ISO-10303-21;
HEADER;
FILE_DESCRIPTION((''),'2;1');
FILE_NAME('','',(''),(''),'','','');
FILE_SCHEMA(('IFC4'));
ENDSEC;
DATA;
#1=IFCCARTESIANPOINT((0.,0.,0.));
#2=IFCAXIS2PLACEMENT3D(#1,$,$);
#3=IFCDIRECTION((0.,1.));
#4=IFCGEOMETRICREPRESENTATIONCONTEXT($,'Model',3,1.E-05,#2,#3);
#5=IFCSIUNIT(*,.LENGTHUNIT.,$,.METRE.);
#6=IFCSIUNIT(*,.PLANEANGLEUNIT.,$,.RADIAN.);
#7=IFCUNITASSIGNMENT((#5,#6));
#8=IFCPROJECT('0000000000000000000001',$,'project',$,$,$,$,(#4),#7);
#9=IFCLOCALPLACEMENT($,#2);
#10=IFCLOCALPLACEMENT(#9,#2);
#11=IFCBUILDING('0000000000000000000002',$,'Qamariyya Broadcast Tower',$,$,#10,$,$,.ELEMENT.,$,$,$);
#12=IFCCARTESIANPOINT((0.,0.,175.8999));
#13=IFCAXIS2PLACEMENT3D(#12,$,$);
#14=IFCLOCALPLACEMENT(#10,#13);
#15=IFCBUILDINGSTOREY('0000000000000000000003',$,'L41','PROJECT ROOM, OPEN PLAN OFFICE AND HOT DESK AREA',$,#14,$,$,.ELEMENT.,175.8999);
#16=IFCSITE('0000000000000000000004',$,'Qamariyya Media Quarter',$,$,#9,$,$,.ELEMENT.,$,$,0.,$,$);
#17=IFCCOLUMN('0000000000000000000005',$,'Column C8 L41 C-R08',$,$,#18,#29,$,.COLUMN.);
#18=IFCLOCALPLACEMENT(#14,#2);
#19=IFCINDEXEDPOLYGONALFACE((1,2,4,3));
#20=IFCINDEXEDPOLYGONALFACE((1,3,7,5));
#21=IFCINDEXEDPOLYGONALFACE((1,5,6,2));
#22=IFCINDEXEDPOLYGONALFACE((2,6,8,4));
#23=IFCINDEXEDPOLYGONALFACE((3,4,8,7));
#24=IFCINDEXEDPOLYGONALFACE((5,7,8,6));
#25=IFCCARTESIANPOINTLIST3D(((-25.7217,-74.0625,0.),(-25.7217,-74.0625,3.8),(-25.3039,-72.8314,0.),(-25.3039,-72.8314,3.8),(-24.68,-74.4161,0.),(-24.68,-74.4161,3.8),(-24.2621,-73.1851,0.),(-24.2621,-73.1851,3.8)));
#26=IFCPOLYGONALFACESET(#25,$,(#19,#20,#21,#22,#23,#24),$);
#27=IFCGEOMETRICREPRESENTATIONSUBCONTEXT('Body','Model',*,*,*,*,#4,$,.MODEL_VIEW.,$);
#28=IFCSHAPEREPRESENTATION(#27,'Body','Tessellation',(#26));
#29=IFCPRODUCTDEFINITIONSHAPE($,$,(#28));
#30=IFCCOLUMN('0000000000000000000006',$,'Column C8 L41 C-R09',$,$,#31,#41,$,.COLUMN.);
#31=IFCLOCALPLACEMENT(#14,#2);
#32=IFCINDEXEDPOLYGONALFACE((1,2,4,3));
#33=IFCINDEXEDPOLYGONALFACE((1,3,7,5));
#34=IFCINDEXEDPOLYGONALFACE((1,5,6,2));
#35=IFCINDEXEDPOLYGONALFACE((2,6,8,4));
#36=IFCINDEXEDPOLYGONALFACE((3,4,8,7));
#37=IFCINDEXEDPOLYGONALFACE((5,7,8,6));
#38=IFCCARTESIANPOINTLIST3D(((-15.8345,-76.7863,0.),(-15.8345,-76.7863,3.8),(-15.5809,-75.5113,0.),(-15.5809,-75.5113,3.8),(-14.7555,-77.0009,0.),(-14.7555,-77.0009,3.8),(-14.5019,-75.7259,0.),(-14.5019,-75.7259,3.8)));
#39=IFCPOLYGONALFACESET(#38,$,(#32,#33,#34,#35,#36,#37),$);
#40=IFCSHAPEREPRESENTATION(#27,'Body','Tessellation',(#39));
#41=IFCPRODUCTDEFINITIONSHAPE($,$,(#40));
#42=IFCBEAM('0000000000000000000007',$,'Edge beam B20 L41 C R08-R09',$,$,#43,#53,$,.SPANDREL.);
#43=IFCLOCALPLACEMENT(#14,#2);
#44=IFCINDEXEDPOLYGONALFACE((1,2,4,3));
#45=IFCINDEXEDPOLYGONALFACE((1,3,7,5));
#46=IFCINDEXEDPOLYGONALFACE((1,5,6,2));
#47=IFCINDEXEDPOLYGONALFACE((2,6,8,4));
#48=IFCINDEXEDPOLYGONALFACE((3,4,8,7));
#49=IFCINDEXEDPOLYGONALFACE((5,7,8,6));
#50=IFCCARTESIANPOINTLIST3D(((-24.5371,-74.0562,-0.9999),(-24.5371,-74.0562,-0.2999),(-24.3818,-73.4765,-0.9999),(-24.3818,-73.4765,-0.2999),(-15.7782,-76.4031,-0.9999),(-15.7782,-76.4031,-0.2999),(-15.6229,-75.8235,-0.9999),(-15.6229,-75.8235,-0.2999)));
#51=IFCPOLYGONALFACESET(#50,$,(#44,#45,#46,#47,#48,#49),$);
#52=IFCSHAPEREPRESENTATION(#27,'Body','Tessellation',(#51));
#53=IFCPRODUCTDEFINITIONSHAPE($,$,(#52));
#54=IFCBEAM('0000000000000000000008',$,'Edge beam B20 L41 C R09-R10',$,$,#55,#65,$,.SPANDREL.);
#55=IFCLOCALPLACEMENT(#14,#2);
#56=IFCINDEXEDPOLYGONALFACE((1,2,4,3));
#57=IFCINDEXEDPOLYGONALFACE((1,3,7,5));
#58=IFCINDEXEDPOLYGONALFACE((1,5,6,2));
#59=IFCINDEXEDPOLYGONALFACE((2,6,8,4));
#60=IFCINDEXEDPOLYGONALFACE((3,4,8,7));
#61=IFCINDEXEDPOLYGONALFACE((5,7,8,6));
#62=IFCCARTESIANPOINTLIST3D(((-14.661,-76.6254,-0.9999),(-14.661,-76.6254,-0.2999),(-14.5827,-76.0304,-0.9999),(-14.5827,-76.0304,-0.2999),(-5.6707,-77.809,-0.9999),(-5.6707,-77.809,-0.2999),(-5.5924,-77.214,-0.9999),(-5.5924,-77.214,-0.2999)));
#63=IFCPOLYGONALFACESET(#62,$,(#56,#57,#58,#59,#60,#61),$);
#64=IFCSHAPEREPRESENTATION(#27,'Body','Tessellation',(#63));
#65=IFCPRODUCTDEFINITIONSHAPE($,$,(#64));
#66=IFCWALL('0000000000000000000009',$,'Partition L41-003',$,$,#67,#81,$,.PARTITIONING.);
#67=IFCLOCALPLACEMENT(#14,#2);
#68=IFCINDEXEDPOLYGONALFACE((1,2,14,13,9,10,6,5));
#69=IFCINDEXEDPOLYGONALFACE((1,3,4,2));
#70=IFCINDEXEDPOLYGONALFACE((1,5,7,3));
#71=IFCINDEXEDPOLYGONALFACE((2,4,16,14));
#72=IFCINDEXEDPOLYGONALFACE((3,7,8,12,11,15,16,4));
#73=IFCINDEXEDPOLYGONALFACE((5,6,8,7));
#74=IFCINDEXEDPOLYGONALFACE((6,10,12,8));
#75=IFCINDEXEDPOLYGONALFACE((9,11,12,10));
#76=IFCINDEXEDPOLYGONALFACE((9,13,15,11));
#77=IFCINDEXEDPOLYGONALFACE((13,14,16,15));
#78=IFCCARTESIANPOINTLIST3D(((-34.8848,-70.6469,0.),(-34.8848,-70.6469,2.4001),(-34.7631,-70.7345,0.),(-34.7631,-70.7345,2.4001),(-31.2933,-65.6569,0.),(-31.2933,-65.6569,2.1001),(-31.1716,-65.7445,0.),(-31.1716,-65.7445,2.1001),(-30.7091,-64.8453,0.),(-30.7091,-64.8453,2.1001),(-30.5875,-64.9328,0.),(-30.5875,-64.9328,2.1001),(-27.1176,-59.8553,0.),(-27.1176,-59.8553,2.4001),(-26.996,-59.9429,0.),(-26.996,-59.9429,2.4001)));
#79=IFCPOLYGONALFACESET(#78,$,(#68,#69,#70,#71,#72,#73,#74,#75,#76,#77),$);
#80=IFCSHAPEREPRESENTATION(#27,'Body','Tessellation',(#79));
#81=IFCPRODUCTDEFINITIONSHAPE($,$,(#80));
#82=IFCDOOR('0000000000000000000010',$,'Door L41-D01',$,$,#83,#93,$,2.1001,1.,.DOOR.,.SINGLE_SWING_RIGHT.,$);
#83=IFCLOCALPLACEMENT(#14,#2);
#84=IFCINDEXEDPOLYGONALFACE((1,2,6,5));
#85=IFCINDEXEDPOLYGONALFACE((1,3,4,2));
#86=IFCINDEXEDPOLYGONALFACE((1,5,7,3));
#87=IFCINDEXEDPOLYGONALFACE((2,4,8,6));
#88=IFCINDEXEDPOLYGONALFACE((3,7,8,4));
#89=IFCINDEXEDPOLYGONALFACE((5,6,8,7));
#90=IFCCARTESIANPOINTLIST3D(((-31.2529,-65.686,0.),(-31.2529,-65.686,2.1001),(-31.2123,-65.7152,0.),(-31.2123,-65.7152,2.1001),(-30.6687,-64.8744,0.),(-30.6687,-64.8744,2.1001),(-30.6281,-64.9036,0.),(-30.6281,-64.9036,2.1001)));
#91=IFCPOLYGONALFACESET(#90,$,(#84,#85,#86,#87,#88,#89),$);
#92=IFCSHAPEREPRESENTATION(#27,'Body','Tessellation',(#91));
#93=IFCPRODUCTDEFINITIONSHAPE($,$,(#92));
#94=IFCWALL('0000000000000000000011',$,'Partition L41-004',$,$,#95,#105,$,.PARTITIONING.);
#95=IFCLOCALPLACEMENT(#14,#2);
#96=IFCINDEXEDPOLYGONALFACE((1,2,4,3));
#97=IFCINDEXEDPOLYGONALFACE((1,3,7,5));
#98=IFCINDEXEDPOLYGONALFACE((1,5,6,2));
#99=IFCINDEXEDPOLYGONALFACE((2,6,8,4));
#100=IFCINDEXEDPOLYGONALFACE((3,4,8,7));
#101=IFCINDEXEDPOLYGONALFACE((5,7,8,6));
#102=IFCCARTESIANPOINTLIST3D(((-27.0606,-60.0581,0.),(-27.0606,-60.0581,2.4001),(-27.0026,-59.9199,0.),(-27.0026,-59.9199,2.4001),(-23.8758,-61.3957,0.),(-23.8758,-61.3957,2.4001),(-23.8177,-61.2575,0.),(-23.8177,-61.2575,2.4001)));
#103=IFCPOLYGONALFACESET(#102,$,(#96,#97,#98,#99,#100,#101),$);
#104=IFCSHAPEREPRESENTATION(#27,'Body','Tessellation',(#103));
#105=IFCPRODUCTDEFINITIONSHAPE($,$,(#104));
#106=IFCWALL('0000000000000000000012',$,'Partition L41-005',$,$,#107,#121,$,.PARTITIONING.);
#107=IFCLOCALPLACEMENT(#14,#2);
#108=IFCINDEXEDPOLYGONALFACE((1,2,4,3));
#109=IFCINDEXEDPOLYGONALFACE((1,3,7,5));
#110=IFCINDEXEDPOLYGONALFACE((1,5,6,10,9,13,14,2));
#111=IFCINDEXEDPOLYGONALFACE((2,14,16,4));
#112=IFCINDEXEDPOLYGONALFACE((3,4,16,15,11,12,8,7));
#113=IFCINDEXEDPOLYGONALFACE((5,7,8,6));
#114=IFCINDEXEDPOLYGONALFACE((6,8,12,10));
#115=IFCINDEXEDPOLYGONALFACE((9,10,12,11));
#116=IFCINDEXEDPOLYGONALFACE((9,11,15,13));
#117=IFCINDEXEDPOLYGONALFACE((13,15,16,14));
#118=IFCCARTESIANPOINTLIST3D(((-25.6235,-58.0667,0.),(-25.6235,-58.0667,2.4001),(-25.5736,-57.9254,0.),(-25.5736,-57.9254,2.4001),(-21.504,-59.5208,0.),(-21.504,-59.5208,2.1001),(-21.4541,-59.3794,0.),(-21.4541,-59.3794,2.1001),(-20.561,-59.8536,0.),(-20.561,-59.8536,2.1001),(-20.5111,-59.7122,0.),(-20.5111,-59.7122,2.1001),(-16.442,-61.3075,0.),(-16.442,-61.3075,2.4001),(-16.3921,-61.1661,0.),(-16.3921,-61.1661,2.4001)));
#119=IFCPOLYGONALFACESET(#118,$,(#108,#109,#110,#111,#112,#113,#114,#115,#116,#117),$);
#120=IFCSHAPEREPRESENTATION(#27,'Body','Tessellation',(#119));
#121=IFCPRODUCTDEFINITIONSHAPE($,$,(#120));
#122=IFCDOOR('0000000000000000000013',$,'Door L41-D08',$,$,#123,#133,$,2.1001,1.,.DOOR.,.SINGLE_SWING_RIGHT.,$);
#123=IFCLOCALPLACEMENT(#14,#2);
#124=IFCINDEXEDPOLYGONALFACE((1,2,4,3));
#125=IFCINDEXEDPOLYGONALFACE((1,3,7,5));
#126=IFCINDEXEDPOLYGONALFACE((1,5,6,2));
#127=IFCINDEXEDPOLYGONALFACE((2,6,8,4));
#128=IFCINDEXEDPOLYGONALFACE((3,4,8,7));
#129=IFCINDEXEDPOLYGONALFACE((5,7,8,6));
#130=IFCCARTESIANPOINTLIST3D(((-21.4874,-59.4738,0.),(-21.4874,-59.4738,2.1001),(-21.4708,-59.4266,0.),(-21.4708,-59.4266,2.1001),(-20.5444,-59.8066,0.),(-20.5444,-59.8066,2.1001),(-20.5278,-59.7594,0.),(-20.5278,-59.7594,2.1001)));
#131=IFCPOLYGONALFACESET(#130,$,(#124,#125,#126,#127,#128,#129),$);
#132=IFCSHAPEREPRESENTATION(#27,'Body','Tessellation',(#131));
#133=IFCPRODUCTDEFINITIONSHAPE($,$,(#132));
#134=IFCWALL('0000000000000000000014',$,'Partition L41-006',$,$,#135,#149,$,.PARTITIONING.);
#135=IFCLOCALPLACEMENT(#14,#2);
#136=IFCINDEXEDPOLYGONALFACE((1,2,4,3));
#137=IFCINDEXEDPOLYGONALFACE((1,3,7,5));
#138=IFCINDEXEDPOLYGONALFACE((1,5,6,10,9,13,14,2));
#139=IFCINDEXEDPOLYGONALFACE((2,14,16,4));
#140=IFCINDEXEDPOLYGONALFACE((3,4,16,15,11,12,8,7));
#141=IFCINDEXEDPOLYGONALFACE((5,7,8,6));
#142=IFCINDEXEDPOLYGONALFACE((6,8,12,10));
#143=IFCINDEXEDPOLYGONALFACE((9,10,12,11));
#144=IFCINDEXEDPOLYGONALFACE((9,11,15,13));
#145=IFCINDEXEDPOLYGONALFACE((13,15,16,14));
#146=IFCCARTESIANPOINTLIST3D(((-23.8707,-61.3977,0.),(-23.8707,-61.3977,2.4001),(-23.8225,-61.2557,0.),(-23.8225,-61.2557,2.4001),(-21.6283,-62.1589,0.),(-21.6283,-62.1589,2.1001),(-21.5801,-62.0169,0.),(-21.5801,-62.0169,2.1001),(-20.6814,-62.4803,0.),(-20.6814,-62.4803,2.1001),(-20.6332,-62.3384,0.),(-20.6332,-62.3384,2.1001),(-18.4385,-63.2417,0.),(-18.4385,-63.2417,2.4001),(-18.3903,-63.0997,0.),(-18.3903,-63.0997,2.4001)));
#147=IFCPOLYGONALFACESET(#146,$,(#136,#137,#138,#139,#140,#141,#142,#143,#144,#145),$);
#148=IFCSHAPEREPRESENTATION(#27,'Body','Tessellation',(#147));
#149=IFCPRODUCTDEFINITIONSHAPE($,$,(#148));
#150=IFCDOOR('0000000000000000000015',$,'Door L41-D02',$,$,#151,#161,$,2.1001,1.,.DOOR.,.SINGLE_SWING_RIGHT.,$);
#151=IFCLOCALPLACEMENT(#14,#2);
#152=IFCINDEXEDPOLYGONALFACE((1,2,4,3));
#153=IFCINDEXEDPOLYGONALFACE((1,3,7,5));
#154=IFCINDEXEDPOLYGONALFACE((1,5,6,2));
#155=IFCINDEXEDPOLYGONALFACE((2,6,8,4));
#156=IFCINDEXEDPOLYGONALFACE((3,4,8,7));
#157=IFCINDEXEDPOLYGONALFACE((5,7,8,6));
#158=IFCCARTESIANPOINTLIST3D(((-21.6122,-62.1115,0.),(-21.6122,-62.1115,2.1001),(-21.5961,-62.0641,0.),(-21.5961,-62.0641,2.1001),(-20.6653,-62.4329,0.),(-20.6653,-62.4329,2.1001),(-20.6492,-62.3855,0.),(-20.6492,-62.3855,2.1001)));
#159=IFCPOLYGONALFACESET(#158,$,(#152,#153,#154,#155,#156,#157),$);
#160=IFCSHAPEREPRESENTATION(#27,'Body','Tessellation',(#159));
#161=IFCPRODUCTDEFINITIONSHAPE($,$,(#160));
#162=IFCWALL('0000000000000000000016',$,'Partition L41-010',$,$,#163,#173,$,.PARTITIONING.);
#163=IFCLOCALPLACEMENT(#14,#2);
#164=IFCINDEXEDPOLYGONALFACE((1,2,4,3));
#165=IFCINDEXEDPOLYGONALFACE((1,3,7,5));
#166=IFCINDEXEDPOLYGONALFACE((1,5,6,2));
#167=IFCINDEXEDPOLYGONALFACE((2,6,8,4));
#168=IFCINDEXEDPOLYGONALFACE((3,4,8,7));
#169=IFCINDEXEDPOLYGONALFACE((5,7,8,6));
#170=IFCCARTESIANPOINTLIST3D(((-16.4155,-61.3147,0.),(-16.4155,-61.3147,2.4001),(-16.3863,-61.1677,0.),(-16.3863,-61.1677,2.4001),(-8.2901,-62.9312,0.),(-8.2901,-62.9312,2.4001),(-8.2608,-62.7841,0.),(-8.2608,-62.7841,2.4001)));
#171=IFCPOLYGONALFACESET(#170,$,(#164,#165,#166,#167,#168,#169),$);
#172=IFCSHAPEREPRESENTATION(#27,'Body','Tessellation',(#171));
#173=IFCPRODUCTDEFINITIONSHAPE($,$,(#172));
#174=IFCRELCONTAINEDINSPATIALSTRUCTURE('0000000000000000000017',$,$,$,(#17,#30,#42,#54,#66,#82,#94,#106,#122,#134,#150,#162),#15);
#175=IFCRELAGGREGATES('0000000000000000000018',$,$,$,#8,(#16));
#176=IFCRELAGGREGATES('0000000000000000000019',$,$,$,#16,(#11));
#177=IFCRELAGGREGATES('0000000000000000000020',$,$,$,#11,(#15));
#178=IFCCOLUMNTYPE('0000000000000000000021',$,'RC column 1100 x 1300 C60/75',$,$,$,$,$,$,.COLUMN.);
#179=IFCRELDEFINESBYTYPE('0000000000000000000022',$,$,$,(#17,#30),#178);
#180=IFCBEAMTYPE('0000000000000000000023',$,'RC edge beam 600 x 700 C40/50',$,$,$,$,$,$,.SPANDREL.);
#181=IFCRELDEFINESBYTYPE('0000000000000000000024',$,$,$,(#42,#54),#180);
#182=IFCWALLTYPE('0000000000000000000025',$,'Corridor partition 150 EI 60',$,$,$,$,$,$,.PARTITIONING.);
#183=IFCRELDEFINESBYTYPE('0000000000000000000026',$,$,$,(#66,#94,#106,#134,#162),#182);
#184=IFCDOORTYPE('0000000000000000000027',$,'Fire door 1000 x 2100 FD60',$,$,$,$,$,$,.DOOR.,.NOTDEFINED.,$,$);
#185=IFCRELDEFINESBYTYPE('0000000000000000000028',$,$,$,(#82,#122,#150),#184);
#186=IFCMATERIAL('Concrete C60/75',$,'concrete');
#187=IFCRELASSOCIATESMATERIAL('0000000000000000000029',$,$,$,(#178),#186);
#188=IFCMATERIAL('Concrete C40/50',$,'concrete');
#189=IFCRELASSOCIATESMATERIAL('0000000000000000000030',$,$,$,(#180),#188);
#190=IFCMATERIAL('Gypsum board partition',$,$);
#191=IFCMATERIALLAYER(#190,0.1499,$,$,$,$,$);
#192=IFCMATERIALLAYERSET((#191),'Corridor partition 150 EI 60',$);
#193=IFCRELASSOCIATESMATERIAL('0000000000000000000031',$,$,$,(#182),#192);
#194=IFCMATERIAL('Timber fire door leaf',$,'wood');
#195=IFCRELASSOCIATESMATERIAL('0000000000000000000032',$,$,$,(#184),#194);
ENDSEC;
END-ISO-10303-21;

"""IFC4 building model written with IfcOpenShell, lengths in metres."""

from ifc_helpers import new_model, si_unit, direction, frame, frame_2d, origin, origin_2d, place, context, subcontext, project, spatial, rectangle, extrude, material, layer, layer_set, material_profile, profile_set, type_object, element, fill, save


model = new_model("IFC4")

# Units and contexts
model_context = context("Model", 3, precision=1e-05, world=origin(), true_north=direction((0.0, 1.0)))
body_context = subcontext(model_context, "Body", "Model", "MODEL_VIEW")
ifc_project = project(units=[si_unit("LENGTHUNIT", "METRE"), si_unit("PLANEANGLEUNIT", "RADIAN")], contexts=[model_context])

# Site, building, storey
site_placement = place(None, origin())
site = spatial("IfcSite", under=ifc_project, at=site_placement, Name="Qamariyya Media Quarter", CompositionType="ELEMENT", RefElevation=0.0)
building_placement = place(site_placement, origin())
building = spatial("IfcBuilding", under=site, at=building_placement, Name="Qamariyya Broadcast Tower", CompositionType="ELEMENT")
storey_placement = place(building_placement, frame((0.0, 0.0, 175.8999)))
storey = spatial("IfcBuildingStorey", under=building, at=storey_placement, Name="L41", Description="PROJECT ROOM, OPEN PLAN OFFICE AND HOT DESK AREA", CompositionType="ELEMENT", Elevation=175.8999)

# Columns
ifc_material_1 = material(Name="Concrete C60/75", Category="concrete")
ifc_material_profile_1 = material_profile(ifc_material_1, rectangle(XDim=1.1001, YDim=1.3, at=origin_2d()))
ifc_profile_set_1 = profile_set([ifc_material_profile_1], Name="Concrete C60/75")
column_type = type_object("IfcColumnType", Name="RC column 1100 x 1300 C60/75", PredefinedType="COLUMN", material=ifc_profile_set_1)
for number, where, z_axis, x_axis, name in (
    (1, (-24.9919, -73.6238, 0.0), (0.0, 0.0, 1.0), (0.94693, -0.321439, 0.0), "Column C8 L41 C-R08"),
    (2, (-15.1682, -76.2561, 0.0), (0.0, 0.0, 1.0), (0.980785, -0.19509, 0.0), "Column C8 L41 C-R09"),
):
    element("IfcColumn", number, at=place(storey_placement, frame(where, z_axis=z_axis, x_axis=x_axis)), inside=storey, type_object=column_type, Name=name, PredefinedType="COLUMN", context=body_context, shape_type="SweptSolid", body=[
        extrude(rectangle(XDim=1.1001, YDim=1.3, at=origin_2d()), origin(), (0.0, 0.0, 1.0), 3.8),
    ])

# Beams
ifc_material_2 = material(Name="Concrete C40/50", Category="concrete")
ifc_material_profile_2 = material_profile(ifc_material_2, rectangle(XDim=0.6001, YDim=0.7, at=origin_2d()))
ifc_profile_set_2 = profile_set([ifc_material_profile_2], Name="Concrete C40/50")
beam_type = type_object("IfcBeamType", Name="RC edge beam 600 x 700 C40/50", PredefinedType="SPANDREL", material=ifc_profile_set_2)
for number, where, z_axis, x_axis, name in (
    (3, (-24.4595, -73.7664, -0.6499), (0.965925, -0.25882, 0.0), (0.25882, 0.965925, 0.0), "Edge beam B20 L41 C R08-R09"),
    (4, (-14.6218, -76.3279, -0.6499), (0.991445, -0.130527, 0.0), (0.130527, 0.991445, 0.0), "Edge beam B20 L41 C R09-R10"),
):
    element("IfcBeam", number, at=place(storey_placement, frame(where, z_axis=z_axis, x_axis=x_axis)), inside=storey, type_object=beam_type, Name=name, PredefinedType="SPANDREL", context=body_context, shape_type="SweptSolid", body=[
        extrude(rectangle(XDim=0.6001, YDim=0.7, at=origin_2d()), origin(), (0.0, 0.0, 1.0), 9.0679),
    ])

# Wall, opening, door
ifc_material_3 = material(Name="Gypsum board partition")
ifc_layer_1 = layer(ifc_material_3, 0.1499)
ifc_layer_set_1 = layer_set([ifc_layer_1], Name="Corridor partition 150 EI 60")
wall_type_1 = type_object("IfcWallType", Name="Corridor partition 150 EI 60", PredefinedType="PARTITIONING", material=ifc_layer_set_1)
wall_1_placement = place(storey_placement, frame((-27.0569, -59.8992, 0.0), z_axis=(0.0, 0.0, 1.0), x_axis=(-0.584166, -0.811634, 0.0)))
wall_1 = element("IfcWall", 5, at=wall_1_placement, inside=storey, type_object=wall_type_1, Name="Partition L41-003", PredefinedType="PARTITIONING", context=body_context, shape_type="SweptSolid", body=[
    extrude(rectangle(XDim=13.2961, YDim=0.1499, at=frame_2d((6.6479, 0.0))), origin(), (0.0, 0.0, 1.0), 2.4001),
])
opening_1_placement = place(wall_1_placement, frame((6.1479, 0.0, 0.0)))
opening_1 = element("IfcOpeningElement", 6, at=opening_1_placement, cuts=wall_1, PredefinedType="OPENING", context=body_context, shape_type="SweptSolid", body=[
    extrude(rectangle(XDim=1.0, YDim=2.1001, at=frame_2d((0.5, 1.05))), frame((0.0, 0.085, 0.0), z_axis=(0.0, -1.0, 0.0), x_axis=(1.0, 0.0, 0.0)), (0.0, 0.0, 1.0), 0.1699),
])
ifc_material_4 = material(Name="Timber fire door leaf", Category="wood")
door_type_1 = type_object("IfcDoorType", Name="Fire door 1000 x 2100 FD60", OperationType="NOTDEFINED", PredefinedType="DOOR", material=ifc_material_4)
door_1_placement = place(opening_1_placement, origin())
door_1 = element("IfcDoor", 7, at=door_1_placement, inside=storey, type_object=door_type_1, Name="Door L41-D01", OperationType="SINGLE_SWING_RIGHT", OverallHeight=2.1001, OverallWidth=1.0, PredefinedType="DOOR", context=body_context, shape_type="SweptSolid", body=[
    extrude(rectangle(XDim=1.0, YDim=2.1001, at=frame_2d((0.5, 1.05))), frame((0.0, 0.0249, 0.0), z_axis=(0.0, -1.0, 0.0), x_axis=(1.0, 0.0, 0.0)), (0.0, 0.0, 1.0), 0.05),
])
fill(opening_1, door_1)

# Wall
wall_2_placement = place(storey_placement, frame((-27.0315, -59.989, 0.0), z_axis=(0.0, 0.0, 1.0), x_axis=(0.92198, -0.387238, 0.0)))
element("IfcWall", 8, at=wall_2_placement, inside=storey, type_object=wall_type_1, Name="Partition L41-004", PredefinedType="PARTITIONING", context=body_context, shape_type="SweptSolid", body=[
    extrude(rectangle(XDim=3.4543, YDim=0.1499, at=frame_2d((1.7271, 0.0))), origin(), (0.0, 0.0, 1.0), 2.4001),
])

# Walls, openings, doors
wall_3_placement = place(storey_placement, frame((-25.5984, -57.9961, 0.0), z_axis=(0.0, 0.0, 1.0), x_axis=(0.942983, -0.332841, 0.0)))
wall_3 = element("IfcWall", 9, at=wall_3_placement, inside=storey, type_object=wall_type_1, Name="Partition L41-005", PredefinedType="PARTITIONING", context=body_context, shape_type="SweptSolid", body=[
    extrude(rectangle(XDim=9.7366, YDim=0.1499, at=frame_2d((4.8682, 0.0))), origin(), (0.0, 0.0, 1.0), 2.4001),
])
opening_2_placement = place(wall_3_placement, frame((4.3684, 0.0, 0.0)))
opening_2 = element("IfcOpeningElement", 10, at=opening_2_placement, cuts=wall_3, PredefinedType="OPENING", context=body_context, shape_type="SweptSolid", body=[
    extrude(rectangle(XDim=1.0, YDim=2.1001, at=frame_2d((0.5, 1.05))), frame((0.0, 0.085, 0.0), z_axis=(0.0, -1.0, 0.0), x_axis=(1.0, 0.0, 0.0)), (0.0, 0.0, 1.0), 0.1699),
])
door_2_placement = place(opening_2_placement, origin())
door_2 = element("IfcDoor", 11, at=door_2_placement, inside=storey, type_object=door_type_1, Name="Door L41-D08", OperationType="SINGLE_SWING_RIGHT", OverallHeight=2.1001, OverallWidth=1.0, PredefinedType="DOOR", context=body_context, shape_type="SweptSolid", body=[
    extrude(rectangle(XDim=1.0, YDim=2.1001, at=frame_2d((0.5, 1.05))), frame((0.0, 0.0249, 0.0), z_axis=(0.0, -1.0, 0.0), x_axis=(1.0, 0.0, 0.0)), (0.0, 0.0, 1.0), 0.05),
])
fill(opening_2, door_2)
wall_4_placement = place(storey_placement, frame((-18.4146, -63.1707, 0.0), z_axis=(0.0, 0.0, 1.0), x_axis=(-0.946928, 0.321445, 0.0)))
wall_4 = element("IfcWall", 12, at=wall_4_placement, inside=storey, type_object=wall_type_1, Name="Partition L41-006", PredefinedType="PARTITIONING", context=body_context, shape_type="SweptSolid", body=[
    extrude(rectangle(XDim=5.7366, YDim=0.1499, at=frame_2d((2.8682, 0.0))), origin(), (0.0, 0.0, 1.0), 2.4001),
])
opening_3_placement = place(wall_4_placement, frame((2.3684, 0.0, 0.0)))
opening_3 = element("IfcOpeningElement", 13, at=opening_3_placement, cuts=wall_4, PredefinedType="OPENING", context=body_context, shape_type="SweptSolid", body=[
    extrude(rectangle(XDim=1.0, YDim=2.1001, at=frame_2d((0.5, 1.05))), frame((0.0, 0.085, 0.0), z_axis=(0.0, -1.0, 0.0), x_axis=(1.0, 0.0, 0.0)), (0.0, 0.0, 1.0), 0.1699),
])
door_3_placement = place(opening_3_placement, origin())
door_3 = element("IfcDoor", 14, at=door_3_placement, inside=storey, type_object=door_type_1, Name="Door L41-D02", OperationType="SINGLE_SWING_RIGHT", OverallHeight=2.1001, OverallWidth=1.0, PredefinedType="DOOR", context=body_context, shape_type="SweptSolid", body=[
    extrude(rectangle(XDim=1.0, YDim=2.1001, at=frame_2d((0.5, 1.05))), frame((0.0, 0.0249, 0.0), z_axis=(0.0, -1.0, 0.0), x_axis=(1.0, 0.0, 0.0)), (0.0, 0.0, 1.0), 0.05),
])
fill(opening_3, door_3)

# Wall
wall_5_placement = place(storey_placement, frame((-16.4009, -61.2412, 0.0), z_axis=(0.0, 0.0, 1.0), x_axis=(0.980781, -0.195113, 0.0)))
element("IfcWall", 15, at=wall_5_placement, inside=storey, type_object=wall_type_1, Name="Partition L41-010", PredefinedType="PARTITIONING", context=body_context, shape_type="SweptSolid", body=[
    extrude(rectangle(XDim=8.2847, YDim=0.1499, at=frame_2d((4.1423, 0.0))), origin(), (0.0, 0.0, 1.0), 2.4001),
])

save(model, "model.ifc")
